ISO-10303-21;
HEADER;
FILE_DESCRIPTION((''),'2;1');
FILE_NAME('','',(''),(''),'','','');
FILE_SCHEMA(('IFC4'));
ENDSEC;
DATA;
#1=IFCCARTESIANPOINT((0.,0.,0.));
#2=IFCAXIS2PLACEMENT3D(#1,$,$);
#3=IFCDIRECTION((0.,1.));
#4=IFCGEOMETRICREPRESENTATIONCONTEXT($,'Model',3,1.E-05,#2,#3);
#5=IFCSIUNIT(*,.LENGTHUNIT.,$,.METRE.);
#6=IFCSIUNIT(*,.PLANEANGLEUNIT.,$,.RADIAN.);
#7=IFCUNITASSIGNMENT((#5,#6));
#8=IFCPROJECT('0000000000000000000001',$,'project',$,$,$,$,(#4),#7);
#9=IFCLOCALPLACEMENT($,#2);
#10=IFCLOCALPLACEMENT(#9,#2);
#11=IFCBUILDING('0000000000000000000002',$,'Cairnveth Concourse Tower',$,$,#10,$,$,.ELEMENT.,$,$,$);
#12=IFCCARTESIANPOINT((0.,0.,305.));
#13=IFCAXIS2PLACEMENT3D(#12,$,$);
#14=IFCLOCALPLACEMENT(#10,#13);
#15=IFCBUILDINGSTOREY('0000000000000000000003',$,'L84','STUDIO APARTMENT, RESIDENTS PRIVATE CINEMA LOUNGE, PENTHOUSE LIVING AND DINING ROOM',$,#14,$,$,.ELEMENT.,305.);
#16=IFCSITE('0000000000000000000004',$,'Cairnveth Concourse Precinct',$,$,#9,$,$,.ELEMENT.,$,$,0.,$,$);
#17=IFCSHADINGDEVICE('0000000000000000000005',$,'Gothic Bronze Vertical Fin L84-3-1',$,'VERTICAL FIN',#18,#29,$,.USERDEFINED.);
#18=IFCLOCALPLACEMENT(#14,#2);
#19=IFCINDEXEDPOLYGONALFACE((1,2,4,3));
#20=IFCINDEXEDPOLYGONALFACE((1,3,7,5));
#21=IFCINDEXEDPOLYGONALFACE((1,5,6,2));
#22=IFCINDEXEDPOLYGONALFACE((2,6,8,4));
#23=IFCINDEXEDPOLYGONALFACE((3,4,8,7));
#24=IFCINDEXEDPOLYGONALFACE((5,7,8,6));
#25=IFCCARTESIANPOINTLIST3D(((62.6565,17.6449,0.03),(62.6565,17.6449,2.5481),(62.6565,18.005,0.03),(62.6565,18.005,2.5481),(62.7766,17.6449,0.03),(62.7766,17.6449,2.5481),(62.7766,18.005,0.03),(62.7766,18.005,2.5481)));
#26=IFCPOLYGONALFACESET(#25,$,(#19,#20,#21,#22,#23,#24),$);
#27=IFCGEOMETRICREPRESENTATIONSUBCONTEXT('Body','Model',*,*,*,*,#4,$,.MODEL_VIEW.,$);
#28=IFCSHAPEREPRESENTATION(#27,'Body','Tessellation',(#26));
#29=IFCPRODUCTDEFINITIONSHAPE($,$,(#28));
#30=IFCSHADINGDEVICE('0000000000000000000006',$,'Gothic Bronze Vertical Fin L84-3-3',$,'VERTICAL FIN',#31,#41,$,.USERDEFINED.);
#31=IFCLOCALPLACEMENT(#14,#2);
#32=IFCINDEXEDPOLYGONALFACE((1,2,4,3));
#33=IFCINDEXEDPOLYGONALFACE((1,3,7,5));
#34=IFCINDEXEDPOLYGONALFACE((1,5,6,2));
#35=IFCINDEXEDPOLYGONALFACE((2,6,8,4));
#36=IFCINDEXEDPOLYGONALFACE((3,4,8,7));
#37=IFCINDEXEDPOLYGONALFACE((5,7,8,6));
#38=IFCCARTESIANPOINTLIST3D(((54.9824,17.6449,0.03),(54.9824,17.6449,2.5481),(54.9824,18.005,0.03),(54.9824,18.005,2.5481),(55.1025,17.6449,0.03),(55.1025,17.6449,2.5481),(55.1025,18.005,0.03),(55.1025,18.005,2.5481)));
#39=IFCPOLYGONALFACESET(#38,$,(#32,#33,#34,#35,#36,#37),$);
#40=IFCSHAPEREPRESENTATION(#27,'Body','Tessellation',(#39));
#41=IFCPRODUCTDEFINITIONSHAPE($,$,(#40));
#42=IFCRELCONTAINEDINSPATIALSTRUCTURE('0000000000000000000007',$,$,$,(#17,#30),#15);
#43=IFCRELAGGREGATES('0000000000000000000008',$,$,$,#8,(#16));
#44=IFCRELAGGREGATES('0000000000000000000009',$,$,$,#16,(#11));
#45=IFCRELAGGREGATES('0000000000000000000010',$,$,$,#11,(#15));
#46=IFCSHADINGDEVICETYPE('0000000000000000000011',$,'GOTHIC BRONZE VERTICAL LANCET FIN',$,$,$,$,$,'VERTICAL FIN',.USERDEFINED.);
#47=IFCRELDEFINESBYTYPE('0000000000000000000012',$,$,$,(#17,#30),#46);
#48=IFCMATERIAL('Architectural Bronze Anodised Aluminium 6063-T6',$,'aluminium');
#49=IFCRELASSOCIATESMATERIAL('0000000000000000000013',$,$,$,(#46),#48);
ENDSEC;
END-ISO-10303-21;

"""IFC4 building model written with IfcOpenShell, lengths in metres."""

from ifc_helpers import new_model, si_unit, direction, frame, origin, origin_2d, place, context, subcontext, project, spatial, rectangle, extrude, material, type_object, element, save


model = new_model("IFC4")

# Units and contexts
model_context = context("Model", 3, precision=1e-05, world=origin(), true_north=direction((0.0, 1.0)))
body_context = subcontext(model_context, "Body", "Model", "MODEL_VIEW")
ifc_project = project(units=[si_unit("LENGTHUNIT", "METRE"), si_unit("PLANEANGLEUNIT", "RADIAN")], contexts=[model_context])

# Site, building, storey
site_placement = place(None, origin())
site = spatial("IfcSite", under=ifc_project, at=site_placement, Name="Cairnveth Concourse Precinct", CompositionType="ELEMENT", RefElevation=0.0)
building_placement = place(site_placement, origin())
building = spatial("IfcBuilding", under=site, at=building_placement, Name="Cairnveth Concourse Tower", CompositionType="ELEMENT")
storey_placement = place(building_placement, frame((0.0, 0.0, 305.0)))
storey = spatial("IfcBuildingStorey", under=building, at=storey_placement, Name="L84", Description="STUDIO APARTMENT, RESIDENTS PRIVATE CINEMA LOUNGE, PENTHOUSE LIVING AND DINING ROOM", CompositionType="ELEMENT", Elevation=305.0)

# Shading devices
ifc_material_1 = material(Name="Architectural Bronze Anodised Aluminium 6063-T6", Category="aluminium")
shading_device_type = type_object("IfcShadingDeviceType", Name="GOTHIC BRONZE VERTICAL LANCET FIN", ElementType="VERTICAL FIN", PredefinedType="USERDEFINED", material=ifc_material_1)
for number, where, z_axis, x_axis, name in (
    (1, (62.7166, 17.825, 0.03), (0.0, 0.0, 1.0), (1.0, 0.0, 0.0), "Gothic Bronze Vertical Fin L84-3-1"),
    (2, (55.0425, 17.825, 0.03), (0.0, 0.0, 1.0), (1.0, 0.0, 0.0), "Gothic Bronze Vertical Fin L84-3-3"),
):
    element("IfcShadingDevice", number, at=place(storey_placement, frame(where, z_axis=z_axis, x_axis=x_axis)), inside=storey, type_object=shading_device_type, Name=name, ObjectType="VERTICAL FIN", PredefinedType="USERDEFINED", context=body_context, shape_type="SweptSolid", body=[
        extrude(rectangle(XDim=0.1201, YDim=0.3601, at=origin_2d()), origin(), (0.0, 0.0, 1.0), 2.5181),
    ])

save(model, "model.ifc")
